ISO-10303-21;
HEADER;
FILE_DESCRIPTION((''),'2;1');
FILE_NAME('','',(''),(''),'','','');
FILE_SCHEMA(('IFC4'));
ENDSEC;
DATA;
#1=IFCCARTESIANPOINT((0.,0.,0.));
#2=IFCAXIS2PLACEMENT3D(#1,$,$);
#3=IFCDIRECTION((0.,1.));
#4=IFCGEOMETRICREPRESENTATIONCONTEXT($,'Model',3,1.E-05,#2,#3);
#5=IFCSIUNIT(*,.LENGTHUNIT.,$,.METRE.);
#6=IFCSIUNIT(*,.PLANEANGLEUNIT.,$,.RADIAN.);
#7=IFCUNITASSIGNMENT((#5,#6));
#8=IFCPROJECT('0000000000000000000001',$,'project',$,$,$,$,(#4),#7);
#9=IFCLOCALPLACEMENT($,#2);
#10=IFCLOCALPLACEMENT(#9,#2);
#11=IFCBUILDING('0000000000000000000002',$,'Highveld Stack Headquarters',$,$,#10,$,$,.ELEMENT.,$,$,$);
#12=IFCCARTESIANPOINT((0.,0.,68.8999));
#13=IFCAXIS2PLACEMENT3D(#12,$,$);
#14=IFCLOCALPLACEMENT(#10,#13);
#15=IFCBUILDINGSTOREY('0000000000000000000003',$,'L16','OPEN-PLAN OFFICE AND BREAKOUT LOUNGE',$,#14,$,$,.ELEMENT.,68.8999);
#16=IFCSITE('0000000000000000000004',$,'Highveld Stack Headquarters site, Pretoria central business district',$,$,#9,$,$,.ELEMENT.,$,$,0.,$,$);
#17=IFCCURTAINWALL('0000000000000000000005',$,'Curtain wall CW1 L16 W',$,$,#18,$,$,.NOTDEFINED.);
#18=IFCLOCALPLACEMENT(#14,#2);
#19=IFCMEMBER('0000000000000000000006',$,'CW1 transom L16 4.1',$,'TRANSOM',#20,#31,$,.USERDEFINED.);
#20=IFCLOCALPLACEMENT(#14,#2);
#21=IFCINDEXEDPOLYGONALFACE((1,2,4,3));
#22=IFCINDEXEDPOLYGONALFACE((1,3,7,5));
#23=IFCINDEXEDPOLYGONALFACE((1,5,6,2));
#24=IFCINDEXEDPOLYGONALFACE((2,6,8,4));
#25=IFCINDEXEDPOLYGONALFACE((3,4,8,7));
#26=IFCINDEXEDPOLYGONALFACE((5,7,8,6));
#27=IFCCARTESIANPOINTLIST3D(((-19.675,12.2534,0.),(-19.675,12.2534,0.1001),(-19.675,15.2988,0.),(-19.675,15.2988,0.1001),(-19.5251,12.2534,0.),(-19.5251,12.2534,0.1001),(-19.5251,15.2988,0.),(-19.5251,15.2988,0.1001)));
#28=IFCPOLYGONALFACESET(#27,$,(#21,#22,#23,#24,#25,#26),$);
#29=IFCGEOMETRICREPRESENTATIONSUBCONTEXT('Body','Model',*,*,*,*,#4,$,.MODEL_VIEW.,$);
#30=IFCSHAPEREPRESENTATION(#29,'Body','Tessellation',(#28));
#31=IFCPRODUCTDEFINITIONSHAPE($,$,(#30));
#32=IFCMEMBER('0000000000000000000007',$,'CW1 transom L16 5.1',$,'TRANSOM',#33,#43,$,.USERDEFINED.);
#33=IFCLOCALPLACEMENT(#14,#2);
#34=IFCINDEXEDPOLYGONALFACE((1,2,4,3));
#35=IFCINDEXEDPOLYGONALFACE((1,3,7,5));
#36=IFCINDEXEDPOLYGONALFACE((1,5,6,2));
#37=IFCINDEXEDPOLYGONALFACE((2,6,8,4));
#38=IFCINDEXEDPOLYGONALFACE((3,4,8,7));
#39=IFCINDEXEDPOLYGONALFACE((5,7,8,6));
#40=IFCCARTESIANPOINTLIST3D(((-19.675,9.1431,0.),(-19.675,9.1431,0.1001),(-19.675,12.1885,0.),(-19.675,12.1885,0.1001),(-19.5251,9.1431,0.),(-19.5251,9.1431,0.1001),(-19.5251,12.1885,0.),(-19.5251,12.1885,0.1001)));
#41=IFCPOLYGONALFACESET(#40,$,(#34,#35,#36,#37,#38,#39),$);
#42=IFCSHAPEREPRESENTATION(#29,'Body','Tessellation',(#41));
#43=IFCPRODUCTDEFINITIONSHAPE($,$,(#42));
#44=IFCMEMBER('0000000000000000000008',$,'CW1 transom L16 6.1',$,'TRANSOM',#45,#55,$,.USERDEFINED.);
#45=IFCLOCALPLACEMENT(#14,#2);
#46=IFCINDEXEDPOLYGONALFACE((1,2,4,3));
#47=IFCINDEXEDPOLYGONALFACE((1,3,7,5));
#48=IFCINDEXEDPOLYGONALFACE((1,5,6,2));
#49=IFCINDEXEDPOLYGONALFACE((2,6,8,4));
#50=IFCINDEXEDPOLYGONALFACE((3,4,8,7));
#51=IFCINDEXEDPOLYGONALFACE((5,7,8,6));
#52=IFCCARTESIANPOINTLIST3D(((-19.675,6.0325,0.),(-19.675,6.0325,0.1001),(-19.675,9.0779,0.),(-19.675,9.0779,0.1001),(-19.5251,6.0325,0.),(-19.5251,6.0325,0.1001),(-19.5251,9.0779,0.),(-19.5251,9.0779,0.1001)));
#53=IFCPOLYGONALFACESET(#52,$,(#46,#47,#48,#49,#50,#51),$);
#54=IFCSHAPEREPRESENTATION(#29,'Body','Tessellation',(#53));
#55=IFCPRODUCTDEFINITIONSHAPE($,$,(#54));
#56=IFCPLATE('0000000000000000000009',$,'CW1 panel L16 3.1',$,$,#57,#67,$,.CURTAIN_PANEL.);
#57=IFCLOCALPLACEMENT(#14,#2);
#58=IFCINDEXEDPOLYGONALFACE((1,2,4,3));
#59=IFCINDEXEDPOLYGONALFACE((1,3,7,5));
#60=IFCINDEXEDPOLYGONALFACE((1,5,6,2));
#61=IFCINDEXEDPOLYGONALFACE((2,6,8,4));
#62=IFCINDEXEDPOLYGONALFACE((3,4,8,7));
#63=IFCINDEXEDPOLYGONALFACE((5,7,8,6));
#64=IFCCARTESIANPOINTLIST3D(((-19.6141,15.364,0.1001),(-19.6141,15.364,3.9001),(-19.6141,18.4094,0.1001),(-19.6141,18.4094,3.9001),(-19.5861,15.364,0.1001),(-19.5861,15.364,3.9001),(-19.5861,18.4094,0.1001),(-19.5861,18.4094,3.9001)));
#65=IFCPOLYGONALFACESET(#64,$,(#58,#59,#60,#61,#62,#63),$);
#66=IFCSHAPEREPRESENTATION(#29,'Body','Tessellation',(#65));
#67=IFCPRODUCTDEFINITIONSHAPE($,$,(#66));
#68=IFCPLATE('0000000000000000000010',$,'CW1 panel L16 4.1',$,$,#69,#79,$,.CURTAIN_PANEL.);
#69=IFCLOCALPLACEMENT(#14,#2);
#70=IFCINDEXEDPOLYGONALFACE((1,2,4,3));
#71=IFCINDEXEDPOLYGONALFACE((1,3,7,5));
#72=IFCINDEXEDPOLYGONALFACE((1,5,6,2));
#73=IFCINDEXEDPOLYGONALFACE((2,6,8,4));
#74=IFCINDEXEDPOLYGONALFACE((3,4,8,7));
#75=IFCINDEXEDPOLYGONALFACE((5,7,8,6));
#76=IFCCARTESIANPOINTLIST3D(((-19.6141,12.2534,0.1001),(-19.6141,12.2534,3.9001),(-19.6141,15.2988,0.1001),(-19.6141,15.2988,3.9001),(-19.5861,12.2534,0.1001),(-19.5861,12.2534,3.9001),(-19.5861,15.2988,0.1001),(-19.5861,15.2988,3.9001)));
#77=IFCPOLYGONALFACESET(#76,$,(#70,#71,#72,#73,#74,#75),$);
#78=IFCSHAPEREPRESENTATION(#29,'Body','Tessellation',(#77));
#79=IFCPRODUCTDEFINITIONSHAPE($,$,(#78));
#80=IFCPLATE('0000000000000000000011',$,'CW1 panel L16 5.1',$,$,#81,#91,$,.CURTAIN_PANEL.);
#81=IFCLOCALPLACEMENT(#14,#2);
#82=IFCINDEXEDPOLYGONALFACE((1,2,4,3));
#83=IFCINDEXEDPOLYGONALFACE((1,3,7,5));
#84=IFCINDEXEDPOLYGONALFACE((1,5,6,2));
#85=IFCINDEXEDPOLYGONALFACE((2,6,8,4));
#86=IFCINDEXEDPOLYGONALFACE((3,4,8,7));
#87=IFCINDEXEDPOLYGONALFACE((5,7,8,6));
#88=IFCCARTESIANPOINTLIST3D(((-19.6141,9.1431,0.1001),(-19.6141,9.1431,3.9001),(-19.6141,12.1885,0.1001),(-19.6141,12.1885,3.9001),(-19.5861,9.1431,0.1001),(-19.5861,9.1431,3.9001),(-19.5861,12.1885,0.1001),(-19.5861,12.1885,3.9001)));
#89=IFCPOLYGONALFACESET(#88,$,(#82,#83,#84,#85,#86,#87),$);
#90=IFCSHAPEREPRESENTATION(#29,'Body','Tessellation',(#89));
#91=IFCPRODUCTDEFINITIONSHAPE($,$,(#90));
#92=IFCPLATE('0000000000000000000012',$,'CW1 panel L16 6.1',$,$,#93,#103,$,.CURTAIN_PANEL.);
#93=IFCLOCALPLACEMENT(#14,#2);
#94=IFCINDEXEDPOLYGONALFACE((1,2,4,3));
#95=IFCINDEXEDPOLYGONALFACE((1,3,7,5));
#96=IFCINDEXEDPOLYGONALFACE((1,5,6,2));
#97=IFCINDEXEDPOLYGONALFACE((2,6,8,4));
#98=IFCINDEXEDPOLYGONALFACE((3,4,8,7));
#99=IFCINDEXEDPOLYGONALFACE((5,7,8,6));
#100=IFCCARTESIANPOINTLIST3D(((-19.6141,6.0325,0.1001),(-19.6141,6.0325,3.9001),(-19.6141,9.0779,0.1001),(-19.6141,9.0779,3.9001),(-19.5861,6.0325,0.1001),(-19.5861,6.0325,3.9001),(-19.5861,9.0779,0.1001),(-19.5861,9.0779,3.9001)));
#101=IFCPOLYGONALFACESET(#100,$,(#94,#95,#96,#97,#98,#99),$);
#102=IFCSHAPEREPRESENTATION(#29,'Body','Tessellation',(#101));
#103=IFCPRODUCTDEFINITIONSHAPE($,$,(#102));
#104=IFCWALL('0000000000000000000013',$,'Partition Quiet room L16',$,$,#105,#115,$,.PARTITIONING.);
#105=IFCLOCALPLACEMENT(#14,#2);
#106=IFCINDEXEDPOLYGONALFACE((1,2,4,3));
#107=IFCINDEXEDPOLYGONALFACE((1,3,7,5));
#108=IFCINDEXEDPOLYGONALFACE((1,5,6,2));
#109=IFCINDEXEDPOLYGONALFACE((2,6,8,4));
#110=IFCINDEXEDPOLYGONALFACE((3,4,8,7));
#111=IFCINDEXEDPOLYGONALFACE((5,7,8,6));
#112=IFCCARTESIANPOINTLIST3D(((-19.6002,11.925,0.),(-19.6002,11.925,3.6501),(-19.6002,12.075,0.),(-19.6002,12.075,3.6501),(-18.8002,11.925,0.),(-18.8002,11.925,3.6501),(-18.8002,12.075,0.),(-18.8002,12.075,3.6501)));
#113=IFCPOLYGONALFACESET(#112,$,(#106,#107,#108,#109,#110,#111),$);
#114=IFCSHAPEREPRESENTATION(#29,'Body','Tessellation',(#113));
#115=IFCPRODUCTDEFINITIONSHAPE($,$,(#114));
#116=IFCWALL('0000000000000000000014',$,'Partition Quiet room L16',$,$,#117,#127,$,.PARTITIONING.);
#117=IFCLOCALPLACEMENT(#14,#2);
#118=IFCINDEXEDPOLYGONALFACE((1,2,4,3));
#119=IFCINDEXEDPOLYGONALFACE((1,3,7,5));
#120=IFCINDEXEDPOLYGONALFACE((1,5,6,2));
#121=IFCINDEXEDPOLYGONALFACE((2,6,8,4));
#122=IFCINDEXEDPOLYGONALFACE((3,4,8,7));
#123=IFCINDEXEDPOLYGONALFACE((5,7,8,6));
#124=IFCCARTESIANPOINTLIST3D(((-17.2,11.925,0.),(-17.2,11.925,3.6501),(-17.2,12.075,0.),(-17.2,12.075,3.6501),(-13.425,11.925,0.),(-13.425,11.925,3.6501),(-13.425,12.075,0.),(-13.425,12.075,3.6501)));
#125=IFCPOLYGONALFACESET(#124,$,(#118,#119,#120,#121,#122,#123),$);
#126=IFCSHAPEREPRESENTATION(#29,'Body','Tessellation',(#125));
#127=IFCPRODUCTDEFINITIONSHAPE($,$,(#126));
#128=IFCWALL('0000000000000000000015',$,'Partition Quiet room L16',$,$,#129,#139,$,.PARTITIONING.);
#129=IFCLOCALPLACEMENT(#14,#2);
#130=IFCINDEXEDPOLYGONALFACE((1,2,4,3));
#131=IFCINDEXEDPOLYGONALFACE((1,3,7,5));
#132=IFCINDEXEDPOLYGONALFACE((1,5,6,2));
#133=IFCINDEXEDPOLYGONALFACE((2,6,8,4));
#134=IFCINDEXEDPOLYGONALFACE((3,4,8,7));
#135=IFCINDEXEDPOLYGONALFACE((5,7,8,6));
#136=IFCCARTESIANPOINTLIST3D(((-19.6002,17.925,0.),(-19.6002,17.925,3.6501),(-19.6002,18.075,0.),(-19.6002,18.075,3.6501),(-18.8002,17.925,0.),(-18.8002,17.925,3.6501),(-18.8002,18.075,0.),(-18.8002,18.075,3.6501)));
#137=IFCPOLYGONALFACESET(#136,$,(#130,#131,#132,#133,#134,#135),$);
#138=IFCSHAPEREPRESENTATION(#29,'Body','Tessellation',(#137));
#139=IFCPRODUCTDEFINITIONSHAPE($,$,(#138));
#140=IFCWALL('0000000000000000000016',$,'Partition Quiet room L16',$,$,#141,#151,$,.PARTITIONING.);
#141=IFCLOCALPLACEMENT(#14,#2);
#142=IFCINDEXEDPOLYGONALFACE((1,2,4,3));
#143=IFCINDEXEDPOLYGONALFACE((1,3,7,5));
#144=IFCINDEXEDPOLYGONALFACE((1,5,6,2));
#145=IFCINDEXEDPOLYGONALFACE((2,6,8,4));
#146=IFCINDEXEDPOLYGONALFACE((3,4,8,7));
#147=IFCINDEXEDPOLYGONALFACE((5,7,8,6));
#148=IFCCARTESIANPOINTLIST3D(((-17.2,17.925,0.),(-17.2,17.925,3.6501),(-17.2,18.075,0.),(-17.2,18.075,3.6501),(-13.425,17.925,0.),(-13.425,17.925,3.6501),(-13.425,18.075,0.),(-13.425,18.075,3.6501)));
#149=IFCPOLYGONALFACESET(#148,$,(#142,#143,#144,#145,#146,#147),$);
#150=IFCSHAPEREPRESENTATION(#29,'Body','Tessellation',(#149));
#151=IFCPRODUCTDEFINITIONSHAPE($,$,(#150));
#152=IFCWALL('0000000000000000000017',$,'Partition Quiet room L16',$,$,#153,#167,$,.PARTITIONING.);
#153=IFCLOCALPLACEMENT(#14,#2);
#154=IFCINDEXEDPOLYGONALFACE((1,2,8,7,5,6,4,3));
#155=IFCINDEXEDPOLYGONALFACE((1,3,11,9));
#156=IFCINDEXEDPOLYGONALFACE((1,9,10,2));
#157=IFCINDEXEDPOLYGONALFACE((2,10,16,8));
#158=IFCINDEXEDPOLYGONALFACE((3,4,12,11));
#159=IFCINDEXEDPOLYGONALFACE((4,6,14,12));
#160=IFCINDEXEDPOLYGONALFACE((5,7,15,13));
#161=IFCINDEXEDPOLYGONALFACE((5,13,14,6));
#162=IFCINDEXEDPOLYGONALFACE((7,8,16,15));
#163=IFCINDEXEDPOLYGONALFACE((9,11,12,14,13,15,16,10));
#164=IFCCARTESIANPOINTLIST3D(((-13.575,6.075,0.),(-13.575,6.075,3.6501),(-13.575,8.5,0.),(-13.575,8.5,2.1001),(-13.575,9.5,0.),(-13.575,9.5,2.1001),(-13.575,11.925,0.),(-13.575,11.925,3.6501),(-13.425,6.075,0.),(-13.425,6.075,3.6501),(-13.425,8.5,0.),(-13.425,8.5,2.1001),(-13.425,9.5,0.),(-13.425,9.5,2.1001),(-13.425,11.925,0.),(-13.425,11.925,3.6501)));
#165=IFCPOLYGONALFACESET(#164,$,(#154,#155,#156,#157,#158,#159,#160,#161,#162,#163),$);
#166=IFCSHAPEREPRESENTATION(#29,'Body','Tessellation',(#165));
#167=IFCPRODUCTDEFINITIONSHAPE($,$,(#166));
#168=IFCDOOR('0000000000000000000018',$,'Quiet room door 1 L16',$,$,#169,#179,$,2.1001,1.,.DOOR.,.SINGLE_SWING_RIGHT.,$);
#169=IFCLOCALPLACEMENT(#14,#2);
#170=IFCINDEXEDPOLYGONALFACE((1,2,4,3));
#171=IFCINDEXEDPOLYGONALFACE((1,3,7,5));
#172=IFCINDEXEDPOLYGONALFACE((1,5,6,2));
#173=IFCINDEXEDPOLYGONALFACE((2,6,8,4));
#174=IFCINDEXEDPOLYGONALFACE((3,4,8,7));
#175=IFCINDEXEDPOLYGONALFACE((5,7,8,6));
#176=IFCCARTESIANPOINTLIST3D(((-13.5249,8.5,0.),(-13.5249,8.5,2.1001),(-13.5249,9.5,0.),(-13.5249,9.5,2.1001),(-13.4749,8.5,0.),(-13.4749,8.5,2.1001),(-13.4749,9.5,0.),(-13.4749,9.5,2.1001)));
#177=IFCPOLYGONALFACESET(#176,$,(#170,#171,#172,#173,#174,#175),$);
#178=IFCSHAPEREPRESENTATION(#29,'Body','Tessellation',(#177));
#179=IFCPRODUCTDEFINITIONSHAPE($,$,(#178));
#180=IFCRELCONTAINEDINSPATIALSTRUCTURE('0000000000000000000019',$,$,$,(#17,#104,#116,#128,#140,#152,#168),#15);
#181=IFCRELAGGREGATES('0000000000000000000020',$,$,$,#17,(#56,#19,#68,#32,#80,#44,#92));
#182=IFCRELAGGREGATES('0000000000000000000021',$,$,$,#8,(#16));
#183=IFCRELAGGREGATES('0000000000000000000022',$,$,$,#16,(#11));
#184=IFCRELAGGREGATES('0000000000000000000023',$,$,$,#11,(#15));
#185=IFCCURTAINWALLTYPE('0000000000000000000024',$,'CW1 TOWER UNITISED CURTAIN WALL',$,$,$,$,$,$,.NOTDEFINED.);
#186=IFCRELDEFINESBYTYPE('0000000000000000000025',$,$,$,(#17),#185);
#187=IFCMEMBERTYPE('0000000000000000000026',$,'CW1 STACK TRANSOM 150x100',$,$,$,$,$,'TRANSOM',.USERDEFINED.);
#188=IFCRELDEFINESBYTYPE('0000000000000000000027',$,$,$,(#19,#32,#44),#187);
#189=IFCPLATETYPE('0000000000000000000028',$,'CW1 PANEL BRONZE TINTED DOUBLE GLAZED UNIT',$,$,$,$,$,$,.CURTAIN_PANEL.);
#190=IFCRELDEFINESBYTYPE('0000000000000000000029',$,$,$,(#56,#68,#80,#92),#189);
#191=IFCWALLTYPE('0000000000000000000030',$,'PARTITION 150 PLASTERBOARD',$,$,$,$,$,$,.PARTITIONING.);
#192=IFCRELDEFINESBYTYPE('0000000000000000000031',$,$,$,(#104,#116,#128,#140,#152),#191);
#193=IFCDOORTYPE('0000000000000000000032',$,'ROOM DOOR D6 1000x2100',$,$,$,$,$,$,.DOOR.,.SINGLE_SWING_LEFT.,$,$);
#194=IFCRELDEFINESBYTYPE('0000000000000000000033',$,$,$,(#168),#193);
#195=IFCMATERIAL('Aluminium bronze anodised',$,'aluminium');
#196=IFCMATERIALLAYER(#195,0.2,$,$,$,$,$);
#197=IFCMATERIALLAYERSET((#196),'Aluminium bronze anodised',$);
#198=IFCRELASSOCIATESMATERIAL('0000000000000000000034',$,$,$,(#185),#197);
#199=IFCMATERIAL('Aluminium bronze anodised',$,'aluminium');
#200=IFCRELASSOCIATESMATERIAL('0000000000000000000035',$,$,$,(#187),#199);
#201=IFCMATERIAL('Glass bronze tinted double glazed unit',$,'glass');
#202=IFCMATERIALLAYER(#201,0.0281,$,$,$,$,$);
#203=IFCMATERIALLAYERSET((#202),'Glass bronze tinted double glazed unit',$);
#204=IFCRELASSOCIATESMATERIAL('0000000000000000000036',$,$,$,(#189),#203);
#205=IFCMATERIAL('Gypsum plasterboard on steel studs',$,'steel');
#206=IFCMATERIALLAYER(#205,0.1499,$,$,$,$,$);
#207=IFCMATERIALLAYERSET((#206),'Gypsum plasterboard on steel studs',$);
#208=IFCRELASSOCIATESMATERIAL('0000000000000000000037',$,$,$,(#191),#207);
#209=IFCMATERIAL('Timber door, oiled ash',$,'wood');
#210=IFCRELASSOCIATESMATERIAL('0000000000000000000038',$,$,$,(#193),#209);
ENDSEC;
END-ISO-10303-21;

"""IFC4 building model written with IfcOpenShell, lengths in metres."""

from ifc_helpers import new_model, si_unit, direction, frame, frame_2d, origin, origin_2d, place, context, subcontext, project, spatial, rectangle, extrude, material, layer, layer_set, material_profile, profile_set, type_object, element, fill, aggregate, save


model = new_model("IFC4")

# Units and contexts
model_context = context("Model", 3, precision=1e-05, world=origin(), true_north=direction((0.0, 1.0)))
body_context = subcontext(model_context, "Body", "Model", "MODEL_VIEW")
ifc_project = project(units=[si_unit("LENGTHUNIT", "METRE"), si_unit("PLANEANGLEUNIT", "RADIAN")], contexts=[model_context])

# Site, building, storey
site_placement = place(None, origin())
site = spatial("IfcSite", under=ifc_project, at=site_placement, Name="Highveld Stack Headquarters site, Pretoria central business district", CompositionType="ELEMENT", RefElevation=0.0)
building_placement = place(site_placement, origin())
building = spatial("IfcBuilding", under=site, at=building_placement, Name="Highveld Stack Headquarters", CompositionType="ELEMENT")
storey_placement = place(building_placement, frame((0.0, 0.0, 68.8999)))
storey = spatial("IfcBuildingStorey", under=building, at=storey_placement, Name="L16", Description="OPEN-PLAN OFFICE AND BREAKOUT LOUNGE", CompositionType="ELEMENT", Elevation=68.8999)

# Curtain wall, members, plates
ifc_material_1 = material(Name="Aluminium bronze anodised", Category="aluminium")
ifc_layer_1 = layer(ifc_material_1, 0.2)
ifc_layer_set_1 = layer_set([ifc_layer_1], Name="Aluminium bronze anodised")
curtain_wall_type = type_object("IfcCurtainWallType", Name="CW1 TOWER UNITISED CURTAIN WALL", PredefinedType="NOTDEFINED", material=ifc_layer_set_1)
curtain_wall_placement = place(storey_placement, origin())
curtain_wall = element("IfcCurtainWall", 1, at=curtain_wall_placement, inside=storey, type_object=curtain_wall_type, Name="Curtain wall CW1 L16 W", PredefinedType="NOTDEFINED")
ifc_material_2 = material(Name="Aluminium bronze anodised", Category="aluminium")
ifc_material_profile_1 = material_profile(ifc_material_2, rectangle(XDim=0.1499, YDim=0.1001, at=origin_2d()), Name="CW1 TRANSOM 150x100")
ifc_profile_set_1 = profile_set([ifc_material_profile_1], Name="Aluminium bronze anodised")
member_type_1 = type_object("IfcMemberType", Name="CW1 STACK TRANSOM 150x100", ElementType="TRANSOM", PredefinedType="USERDEFINED", material=ifc_profile_set_1)
member_1_placement = place(storey_placement, frame((-19.6001, 15.2988, 0.05), z_axis=(0.0, -1.0, 0.0), x_axis=(1.0, 0.0, 0.0)))
member_1 = element("IfcMember", 2, at=member_1_placement, type_object=member_type_1, Name="CW1 transom L16 4.1", ObjectType="TRANSOM", PredefinedType="USERDEFINED", context=body_context, shape_type="SweptSolid", body=[
    extrude(rectangle(XDim=0.1499, YDim=0.1001, at=origin_2d()), origin(), (0.0, 0.0, 1.0), 3.0454),
])
member_2_placement = place(storey_placement, frame((-19.6001, 12.1885, 0.05), z_axis=(0.0, -1.0, 0.0), x_axis=(1.0, 0.0, 0.0)))
member_2 = element("IfcMember", 3, at=member_2_placement, type_object=member_type_1, Name="CW1 transom L16 5.1", ObjectType="TRANSOM", PredefinedType="USERDEFINED", context=body_context, shape_type="SweptSolid", body=[
    extrude(rectangle(XDim=0.1499, YDim=0.1001, at=origin_2d()), origin(), (0.0, 0.0, 1.0), 3.0454),
])
member_3_placement = place(storey_placement, frame((-19.6001, 9.0779, 0.05), z_axis=(0.0, -1.0, 0.0), x_axis=(1.0, 0.0, 0.0)))
member_3 = element("IfcMember", 4, at=member_3_placement, type_object=member_type_1, Name="CW1 transom L16 6.1", ObjectType="TRANSOM", PredefinedType="USERDEFINED", context=body_context, shape_type="SweptSolid", body=[
    extrude(rectangle(XDim=0.1499, YDim=0.1001, at=origin_2d()), origin(), (0.0, 0.0, 1.0), 3.0454),
])
ifc_material_3 = material(Name="Glass bronze tinted double glazed unit", Category="glass")
ifc_layer_2 = layer(ifc_material_3, 0.0281)
ifc_layer_set_2 = layer_set([ifc_layer_2], Name="Glass bronze tinted double glazed unit")
plate_type = type_object("IfcPlateType", Name="CW1 PANEL BRONZE TINTED DOUBLE GLAZED UNIT", PredefinedType="CURTAIN_PANEL", material=ifc_layer_set_2)
plate_1_placement = place(storey_placement, frame((-19.6001, 16.8867, 0.1001), z_axis=(0.0, 0.0, 1.0), x_axis=(0.0, -1.0, 0.0)))
plate_1 = element("IfcPlate", 5, at=plate_1_placement, type_object=plate_type, Name="CW1 panel L16 3.1", PredefinedType="CURTAIN_PANEL", context=body_context, shape_type="SweptSolid", body=[
    extrude(rectangle(XDim=3.0454, YDim=0.0281, at=origin_2d()), origin(), (0.0, 0.0, 1.0), 3.8),
])
plate_2_placement = place(storey_placement, frame((-19.6001, 13.7761, 0.1001), z_axis=(0.0, 0.0, 1.0), x_axis=(0.0, -1.0, 0.0)))
plate_2 = element("IfcPlate", 6, at=plate_2_placement, type_object=plate_type, Name="CW1 panel L16 4.1", PredefinedType="CURTAIN_PANEL", context=body_context, shape_type="SweptSolid", body=[
    extrude(rectangle(XDim=3.0454, YDim=0.0281, at=origin_2d()), origin(), (0.0, 0.0, 1.0), 3.8),
])
plate_3_placement = place(storey_placement, frame((-19.6001, 10.6658, 0.1001), z_axis=(0.0, 0.0, 1.0), x_axis=(0.0, -1.0, 0.0)))
plate_3 = element("IfcPlate", 7, at=plate_3_placement, type_object=plate_type, Name="CW1 panel L16 5.1", PredefinedType="CURTAIN_PANEL", context=body_context, shape_type="SweptSolid", body=[
    extrude(rectangle(XDim=3.0454, YDim=0.0281, at=origin_2d()), origin(), (0.0, 0.0, 1.0), 3.8),
])
plate_4_placement = place(storey_placement, frame((-19.6001, 7.5552, 0.1001), z_axis=(0.0, 0.0, 1.0), x_axis=(0.0, -1.0, 0.0)))
plate_4 = element("IfcPlate", 8, at=plate_4_placement, type_object=plate_type, Name="CW1 panel L16 6.1", PredefinedType="CURTAIN_PANEL", context=body_context, shape_type="SweptSolid", body=[
    extrude(rectangle(XDim=3.0454, YDim=0.0281, at=origin_2d()), origin(), (0.0, 0.0, 1.0), 3.8),
])
aggregate(curtain_wall, [plate_1, member_1, plate_2, member_2, plate_3, member_3, plate_4])

# Walls
ifc_material_4 = material(Name="Gypsum plasterboard on steel studs", Category="steel")
ifc_layer_3 = layer(ifc_material_4, 0.1499)
ifc_layer_set_3 = layer_set([ifc_layer_3], Name="Gypsum plasterboard on steel studs")
wall_type = type_object("IfcWallType", Name="PARTITION 150 PLASTERBOARD", PredefinedType="PARTITIONING", material=ifc_layer_set_3)
wall_1_placement = place(storey_placement, frame((-19.6001, 12.0, 0.0), z_axis=(0.0, 0.0, 1.0), x_axis=(1.0, 0.0, 0.0)))
element("IfcWall", 9, at=wall_1_placement, inside=storey, type_object=wall_type, Name="Partition Quiet room L16", PredefinedType="PARTITIONING", context=body_context, shape_type="SweptSolid", body=[
    extrude(rectangle(XDim=0.8, YDim=0.1499, at=frame_2d((0.3999, 0.0))), origin(), (0.0, 0.0, 1.0), 3.6501),
])
wall_2_placement = place(storey_placement, frame((-17.2, 12.0, 0.0), z_axis=(0.0, 0.0, 1.0), x_axis=(1.0, 0.0, 0.0)))
element("IfcWall", 10, at=wall_2_placement, inside=storey, type_object=wall_type, Name="Partition Quiet room L16", PredefinedType="PARTITIONING", context=body_context, shape_type="SweptSolid", body=[
    extrude(rectangle(XDim=3.7749, YDim=0.1499, at=frame_2d((1.8875, 0.0))), origin(), (0.0, 0.0, 1.0), 3.6501),
])
wall_3_placement = place(storey_placement, frame((-19.6001, 18.0, 0.0), z_axis=(0.0, 0.0, 1.0), x_axis=(1.0, 0.0, 0.0)))
element("IfcWall", 11, at=wall_3_placement, inside=storey, type_object=wall_type, Name="Partition Quiet room L16", PredefinedType="PARTITIONING", context=body_context, shape_type="SweptSolid", body=[
    extrude(rectangle(XDim=0.8, YDim=0.1499, at=frame_2d((0.3999, 0.0))), origin(), (0.0, 0.0, 1.0), 3.6501),
])
wall_4_placement = place(storey_placement, frame((-17.2, 18.0, 0.0), z_axis=(0.0, 0.0, 1.0), x_axis=(1.0, 0.0, 0.0)))
element("IfcWall", 12, at=wall_4_placement, inside=storey, type_object=wall_type, Name="Partition Quiet room L16", PredefinedType="PARTITIONING", context=body_context, shape_type="SweptSolid", body=[
    extrude(rectangle(XDim=3.7749, YDim=0.1499, at=frame_2d((1.8875, 0.0))), origin(), (0.0, 0.0, 1.0), 3.6501),
])

# Wall, opening, door
wall_5_placement = place(storey_placement, frame((-13.5, 6.075, 0.0), z_axis=(0.0, 0.0, 1.0), x_axis=(0.0, 1.0, 0.0)))
wall_5 = element("IfcWall", 13, at=wall_5_placement, inside=storey, type_object=wall_type, Name="Partition Quiet room L16", PredefinedType="PARTITIONING", context=body_context, shape_type="SweptSolid", body=[
    extrude(rectangle(XDim=5.8501, YDim=0.1499, at=frame_2d((2.925, 0.0))), origin(), (0.0, 0.0, 1.0), 3.6501),
])
opening_1_placement = place(wall_5_placement, frame((2.425, 0.0, 0.0)))
opening_1 = element("IfcOpeningElement", 14, at=opening_1_placement, cuts=wall_5, PredefinedType="OPENING", context=body_context, shape_type="SweptSolid", body=[
    extrude(rectangle(XDim=1.0, YDim=2.1001, at=frame_2d((0.5, 1.05))), frame((0.0, 0.085, 0.0), z_axis=(0.0, -1.0, 0.0), x_axis=(1.0, 0.0, 0.0)), (0.0, 0.0, 1.0), 0.1699),
])
ifc_material_5 = material(Name="Timber door, oiled ash", Category="wood")
door_type = type_object("IfcDoorType", Name="ROOM DOOR D6 1000x2100", OperationType="SINGLE_SWING_LEFT", PredefinedType="DOOR", material=ifc_material_5)
door_1_placement = place(opening_1_placement, origin())
door_1 = element("IfcDoor", 15, at=door_1_placement, inside=storey, type_object=door_type, Name="Quiet room door 1 L16", OperationType="SINGLE_SWING_RIGHT", OverallHeight=2.1001, OverallWidth=1.0, PredefinedType="DOOR", context=body_context, shape_type="SweptSolid", body=[
    extrude(rectangle(XDim=1.0, YDim=2.1001, at=frame_2d((0.5, 1.05))), frame((0.0, 0.0249, 0.0), z_axis=(0.0, -1.0, 0.0), x_axis=(1.0, 0.0, 0.0)), (0.0, 0.0, 1.0), 0.05),
])
fill(opening_1, door_1)

save(model, "model.ifc")
